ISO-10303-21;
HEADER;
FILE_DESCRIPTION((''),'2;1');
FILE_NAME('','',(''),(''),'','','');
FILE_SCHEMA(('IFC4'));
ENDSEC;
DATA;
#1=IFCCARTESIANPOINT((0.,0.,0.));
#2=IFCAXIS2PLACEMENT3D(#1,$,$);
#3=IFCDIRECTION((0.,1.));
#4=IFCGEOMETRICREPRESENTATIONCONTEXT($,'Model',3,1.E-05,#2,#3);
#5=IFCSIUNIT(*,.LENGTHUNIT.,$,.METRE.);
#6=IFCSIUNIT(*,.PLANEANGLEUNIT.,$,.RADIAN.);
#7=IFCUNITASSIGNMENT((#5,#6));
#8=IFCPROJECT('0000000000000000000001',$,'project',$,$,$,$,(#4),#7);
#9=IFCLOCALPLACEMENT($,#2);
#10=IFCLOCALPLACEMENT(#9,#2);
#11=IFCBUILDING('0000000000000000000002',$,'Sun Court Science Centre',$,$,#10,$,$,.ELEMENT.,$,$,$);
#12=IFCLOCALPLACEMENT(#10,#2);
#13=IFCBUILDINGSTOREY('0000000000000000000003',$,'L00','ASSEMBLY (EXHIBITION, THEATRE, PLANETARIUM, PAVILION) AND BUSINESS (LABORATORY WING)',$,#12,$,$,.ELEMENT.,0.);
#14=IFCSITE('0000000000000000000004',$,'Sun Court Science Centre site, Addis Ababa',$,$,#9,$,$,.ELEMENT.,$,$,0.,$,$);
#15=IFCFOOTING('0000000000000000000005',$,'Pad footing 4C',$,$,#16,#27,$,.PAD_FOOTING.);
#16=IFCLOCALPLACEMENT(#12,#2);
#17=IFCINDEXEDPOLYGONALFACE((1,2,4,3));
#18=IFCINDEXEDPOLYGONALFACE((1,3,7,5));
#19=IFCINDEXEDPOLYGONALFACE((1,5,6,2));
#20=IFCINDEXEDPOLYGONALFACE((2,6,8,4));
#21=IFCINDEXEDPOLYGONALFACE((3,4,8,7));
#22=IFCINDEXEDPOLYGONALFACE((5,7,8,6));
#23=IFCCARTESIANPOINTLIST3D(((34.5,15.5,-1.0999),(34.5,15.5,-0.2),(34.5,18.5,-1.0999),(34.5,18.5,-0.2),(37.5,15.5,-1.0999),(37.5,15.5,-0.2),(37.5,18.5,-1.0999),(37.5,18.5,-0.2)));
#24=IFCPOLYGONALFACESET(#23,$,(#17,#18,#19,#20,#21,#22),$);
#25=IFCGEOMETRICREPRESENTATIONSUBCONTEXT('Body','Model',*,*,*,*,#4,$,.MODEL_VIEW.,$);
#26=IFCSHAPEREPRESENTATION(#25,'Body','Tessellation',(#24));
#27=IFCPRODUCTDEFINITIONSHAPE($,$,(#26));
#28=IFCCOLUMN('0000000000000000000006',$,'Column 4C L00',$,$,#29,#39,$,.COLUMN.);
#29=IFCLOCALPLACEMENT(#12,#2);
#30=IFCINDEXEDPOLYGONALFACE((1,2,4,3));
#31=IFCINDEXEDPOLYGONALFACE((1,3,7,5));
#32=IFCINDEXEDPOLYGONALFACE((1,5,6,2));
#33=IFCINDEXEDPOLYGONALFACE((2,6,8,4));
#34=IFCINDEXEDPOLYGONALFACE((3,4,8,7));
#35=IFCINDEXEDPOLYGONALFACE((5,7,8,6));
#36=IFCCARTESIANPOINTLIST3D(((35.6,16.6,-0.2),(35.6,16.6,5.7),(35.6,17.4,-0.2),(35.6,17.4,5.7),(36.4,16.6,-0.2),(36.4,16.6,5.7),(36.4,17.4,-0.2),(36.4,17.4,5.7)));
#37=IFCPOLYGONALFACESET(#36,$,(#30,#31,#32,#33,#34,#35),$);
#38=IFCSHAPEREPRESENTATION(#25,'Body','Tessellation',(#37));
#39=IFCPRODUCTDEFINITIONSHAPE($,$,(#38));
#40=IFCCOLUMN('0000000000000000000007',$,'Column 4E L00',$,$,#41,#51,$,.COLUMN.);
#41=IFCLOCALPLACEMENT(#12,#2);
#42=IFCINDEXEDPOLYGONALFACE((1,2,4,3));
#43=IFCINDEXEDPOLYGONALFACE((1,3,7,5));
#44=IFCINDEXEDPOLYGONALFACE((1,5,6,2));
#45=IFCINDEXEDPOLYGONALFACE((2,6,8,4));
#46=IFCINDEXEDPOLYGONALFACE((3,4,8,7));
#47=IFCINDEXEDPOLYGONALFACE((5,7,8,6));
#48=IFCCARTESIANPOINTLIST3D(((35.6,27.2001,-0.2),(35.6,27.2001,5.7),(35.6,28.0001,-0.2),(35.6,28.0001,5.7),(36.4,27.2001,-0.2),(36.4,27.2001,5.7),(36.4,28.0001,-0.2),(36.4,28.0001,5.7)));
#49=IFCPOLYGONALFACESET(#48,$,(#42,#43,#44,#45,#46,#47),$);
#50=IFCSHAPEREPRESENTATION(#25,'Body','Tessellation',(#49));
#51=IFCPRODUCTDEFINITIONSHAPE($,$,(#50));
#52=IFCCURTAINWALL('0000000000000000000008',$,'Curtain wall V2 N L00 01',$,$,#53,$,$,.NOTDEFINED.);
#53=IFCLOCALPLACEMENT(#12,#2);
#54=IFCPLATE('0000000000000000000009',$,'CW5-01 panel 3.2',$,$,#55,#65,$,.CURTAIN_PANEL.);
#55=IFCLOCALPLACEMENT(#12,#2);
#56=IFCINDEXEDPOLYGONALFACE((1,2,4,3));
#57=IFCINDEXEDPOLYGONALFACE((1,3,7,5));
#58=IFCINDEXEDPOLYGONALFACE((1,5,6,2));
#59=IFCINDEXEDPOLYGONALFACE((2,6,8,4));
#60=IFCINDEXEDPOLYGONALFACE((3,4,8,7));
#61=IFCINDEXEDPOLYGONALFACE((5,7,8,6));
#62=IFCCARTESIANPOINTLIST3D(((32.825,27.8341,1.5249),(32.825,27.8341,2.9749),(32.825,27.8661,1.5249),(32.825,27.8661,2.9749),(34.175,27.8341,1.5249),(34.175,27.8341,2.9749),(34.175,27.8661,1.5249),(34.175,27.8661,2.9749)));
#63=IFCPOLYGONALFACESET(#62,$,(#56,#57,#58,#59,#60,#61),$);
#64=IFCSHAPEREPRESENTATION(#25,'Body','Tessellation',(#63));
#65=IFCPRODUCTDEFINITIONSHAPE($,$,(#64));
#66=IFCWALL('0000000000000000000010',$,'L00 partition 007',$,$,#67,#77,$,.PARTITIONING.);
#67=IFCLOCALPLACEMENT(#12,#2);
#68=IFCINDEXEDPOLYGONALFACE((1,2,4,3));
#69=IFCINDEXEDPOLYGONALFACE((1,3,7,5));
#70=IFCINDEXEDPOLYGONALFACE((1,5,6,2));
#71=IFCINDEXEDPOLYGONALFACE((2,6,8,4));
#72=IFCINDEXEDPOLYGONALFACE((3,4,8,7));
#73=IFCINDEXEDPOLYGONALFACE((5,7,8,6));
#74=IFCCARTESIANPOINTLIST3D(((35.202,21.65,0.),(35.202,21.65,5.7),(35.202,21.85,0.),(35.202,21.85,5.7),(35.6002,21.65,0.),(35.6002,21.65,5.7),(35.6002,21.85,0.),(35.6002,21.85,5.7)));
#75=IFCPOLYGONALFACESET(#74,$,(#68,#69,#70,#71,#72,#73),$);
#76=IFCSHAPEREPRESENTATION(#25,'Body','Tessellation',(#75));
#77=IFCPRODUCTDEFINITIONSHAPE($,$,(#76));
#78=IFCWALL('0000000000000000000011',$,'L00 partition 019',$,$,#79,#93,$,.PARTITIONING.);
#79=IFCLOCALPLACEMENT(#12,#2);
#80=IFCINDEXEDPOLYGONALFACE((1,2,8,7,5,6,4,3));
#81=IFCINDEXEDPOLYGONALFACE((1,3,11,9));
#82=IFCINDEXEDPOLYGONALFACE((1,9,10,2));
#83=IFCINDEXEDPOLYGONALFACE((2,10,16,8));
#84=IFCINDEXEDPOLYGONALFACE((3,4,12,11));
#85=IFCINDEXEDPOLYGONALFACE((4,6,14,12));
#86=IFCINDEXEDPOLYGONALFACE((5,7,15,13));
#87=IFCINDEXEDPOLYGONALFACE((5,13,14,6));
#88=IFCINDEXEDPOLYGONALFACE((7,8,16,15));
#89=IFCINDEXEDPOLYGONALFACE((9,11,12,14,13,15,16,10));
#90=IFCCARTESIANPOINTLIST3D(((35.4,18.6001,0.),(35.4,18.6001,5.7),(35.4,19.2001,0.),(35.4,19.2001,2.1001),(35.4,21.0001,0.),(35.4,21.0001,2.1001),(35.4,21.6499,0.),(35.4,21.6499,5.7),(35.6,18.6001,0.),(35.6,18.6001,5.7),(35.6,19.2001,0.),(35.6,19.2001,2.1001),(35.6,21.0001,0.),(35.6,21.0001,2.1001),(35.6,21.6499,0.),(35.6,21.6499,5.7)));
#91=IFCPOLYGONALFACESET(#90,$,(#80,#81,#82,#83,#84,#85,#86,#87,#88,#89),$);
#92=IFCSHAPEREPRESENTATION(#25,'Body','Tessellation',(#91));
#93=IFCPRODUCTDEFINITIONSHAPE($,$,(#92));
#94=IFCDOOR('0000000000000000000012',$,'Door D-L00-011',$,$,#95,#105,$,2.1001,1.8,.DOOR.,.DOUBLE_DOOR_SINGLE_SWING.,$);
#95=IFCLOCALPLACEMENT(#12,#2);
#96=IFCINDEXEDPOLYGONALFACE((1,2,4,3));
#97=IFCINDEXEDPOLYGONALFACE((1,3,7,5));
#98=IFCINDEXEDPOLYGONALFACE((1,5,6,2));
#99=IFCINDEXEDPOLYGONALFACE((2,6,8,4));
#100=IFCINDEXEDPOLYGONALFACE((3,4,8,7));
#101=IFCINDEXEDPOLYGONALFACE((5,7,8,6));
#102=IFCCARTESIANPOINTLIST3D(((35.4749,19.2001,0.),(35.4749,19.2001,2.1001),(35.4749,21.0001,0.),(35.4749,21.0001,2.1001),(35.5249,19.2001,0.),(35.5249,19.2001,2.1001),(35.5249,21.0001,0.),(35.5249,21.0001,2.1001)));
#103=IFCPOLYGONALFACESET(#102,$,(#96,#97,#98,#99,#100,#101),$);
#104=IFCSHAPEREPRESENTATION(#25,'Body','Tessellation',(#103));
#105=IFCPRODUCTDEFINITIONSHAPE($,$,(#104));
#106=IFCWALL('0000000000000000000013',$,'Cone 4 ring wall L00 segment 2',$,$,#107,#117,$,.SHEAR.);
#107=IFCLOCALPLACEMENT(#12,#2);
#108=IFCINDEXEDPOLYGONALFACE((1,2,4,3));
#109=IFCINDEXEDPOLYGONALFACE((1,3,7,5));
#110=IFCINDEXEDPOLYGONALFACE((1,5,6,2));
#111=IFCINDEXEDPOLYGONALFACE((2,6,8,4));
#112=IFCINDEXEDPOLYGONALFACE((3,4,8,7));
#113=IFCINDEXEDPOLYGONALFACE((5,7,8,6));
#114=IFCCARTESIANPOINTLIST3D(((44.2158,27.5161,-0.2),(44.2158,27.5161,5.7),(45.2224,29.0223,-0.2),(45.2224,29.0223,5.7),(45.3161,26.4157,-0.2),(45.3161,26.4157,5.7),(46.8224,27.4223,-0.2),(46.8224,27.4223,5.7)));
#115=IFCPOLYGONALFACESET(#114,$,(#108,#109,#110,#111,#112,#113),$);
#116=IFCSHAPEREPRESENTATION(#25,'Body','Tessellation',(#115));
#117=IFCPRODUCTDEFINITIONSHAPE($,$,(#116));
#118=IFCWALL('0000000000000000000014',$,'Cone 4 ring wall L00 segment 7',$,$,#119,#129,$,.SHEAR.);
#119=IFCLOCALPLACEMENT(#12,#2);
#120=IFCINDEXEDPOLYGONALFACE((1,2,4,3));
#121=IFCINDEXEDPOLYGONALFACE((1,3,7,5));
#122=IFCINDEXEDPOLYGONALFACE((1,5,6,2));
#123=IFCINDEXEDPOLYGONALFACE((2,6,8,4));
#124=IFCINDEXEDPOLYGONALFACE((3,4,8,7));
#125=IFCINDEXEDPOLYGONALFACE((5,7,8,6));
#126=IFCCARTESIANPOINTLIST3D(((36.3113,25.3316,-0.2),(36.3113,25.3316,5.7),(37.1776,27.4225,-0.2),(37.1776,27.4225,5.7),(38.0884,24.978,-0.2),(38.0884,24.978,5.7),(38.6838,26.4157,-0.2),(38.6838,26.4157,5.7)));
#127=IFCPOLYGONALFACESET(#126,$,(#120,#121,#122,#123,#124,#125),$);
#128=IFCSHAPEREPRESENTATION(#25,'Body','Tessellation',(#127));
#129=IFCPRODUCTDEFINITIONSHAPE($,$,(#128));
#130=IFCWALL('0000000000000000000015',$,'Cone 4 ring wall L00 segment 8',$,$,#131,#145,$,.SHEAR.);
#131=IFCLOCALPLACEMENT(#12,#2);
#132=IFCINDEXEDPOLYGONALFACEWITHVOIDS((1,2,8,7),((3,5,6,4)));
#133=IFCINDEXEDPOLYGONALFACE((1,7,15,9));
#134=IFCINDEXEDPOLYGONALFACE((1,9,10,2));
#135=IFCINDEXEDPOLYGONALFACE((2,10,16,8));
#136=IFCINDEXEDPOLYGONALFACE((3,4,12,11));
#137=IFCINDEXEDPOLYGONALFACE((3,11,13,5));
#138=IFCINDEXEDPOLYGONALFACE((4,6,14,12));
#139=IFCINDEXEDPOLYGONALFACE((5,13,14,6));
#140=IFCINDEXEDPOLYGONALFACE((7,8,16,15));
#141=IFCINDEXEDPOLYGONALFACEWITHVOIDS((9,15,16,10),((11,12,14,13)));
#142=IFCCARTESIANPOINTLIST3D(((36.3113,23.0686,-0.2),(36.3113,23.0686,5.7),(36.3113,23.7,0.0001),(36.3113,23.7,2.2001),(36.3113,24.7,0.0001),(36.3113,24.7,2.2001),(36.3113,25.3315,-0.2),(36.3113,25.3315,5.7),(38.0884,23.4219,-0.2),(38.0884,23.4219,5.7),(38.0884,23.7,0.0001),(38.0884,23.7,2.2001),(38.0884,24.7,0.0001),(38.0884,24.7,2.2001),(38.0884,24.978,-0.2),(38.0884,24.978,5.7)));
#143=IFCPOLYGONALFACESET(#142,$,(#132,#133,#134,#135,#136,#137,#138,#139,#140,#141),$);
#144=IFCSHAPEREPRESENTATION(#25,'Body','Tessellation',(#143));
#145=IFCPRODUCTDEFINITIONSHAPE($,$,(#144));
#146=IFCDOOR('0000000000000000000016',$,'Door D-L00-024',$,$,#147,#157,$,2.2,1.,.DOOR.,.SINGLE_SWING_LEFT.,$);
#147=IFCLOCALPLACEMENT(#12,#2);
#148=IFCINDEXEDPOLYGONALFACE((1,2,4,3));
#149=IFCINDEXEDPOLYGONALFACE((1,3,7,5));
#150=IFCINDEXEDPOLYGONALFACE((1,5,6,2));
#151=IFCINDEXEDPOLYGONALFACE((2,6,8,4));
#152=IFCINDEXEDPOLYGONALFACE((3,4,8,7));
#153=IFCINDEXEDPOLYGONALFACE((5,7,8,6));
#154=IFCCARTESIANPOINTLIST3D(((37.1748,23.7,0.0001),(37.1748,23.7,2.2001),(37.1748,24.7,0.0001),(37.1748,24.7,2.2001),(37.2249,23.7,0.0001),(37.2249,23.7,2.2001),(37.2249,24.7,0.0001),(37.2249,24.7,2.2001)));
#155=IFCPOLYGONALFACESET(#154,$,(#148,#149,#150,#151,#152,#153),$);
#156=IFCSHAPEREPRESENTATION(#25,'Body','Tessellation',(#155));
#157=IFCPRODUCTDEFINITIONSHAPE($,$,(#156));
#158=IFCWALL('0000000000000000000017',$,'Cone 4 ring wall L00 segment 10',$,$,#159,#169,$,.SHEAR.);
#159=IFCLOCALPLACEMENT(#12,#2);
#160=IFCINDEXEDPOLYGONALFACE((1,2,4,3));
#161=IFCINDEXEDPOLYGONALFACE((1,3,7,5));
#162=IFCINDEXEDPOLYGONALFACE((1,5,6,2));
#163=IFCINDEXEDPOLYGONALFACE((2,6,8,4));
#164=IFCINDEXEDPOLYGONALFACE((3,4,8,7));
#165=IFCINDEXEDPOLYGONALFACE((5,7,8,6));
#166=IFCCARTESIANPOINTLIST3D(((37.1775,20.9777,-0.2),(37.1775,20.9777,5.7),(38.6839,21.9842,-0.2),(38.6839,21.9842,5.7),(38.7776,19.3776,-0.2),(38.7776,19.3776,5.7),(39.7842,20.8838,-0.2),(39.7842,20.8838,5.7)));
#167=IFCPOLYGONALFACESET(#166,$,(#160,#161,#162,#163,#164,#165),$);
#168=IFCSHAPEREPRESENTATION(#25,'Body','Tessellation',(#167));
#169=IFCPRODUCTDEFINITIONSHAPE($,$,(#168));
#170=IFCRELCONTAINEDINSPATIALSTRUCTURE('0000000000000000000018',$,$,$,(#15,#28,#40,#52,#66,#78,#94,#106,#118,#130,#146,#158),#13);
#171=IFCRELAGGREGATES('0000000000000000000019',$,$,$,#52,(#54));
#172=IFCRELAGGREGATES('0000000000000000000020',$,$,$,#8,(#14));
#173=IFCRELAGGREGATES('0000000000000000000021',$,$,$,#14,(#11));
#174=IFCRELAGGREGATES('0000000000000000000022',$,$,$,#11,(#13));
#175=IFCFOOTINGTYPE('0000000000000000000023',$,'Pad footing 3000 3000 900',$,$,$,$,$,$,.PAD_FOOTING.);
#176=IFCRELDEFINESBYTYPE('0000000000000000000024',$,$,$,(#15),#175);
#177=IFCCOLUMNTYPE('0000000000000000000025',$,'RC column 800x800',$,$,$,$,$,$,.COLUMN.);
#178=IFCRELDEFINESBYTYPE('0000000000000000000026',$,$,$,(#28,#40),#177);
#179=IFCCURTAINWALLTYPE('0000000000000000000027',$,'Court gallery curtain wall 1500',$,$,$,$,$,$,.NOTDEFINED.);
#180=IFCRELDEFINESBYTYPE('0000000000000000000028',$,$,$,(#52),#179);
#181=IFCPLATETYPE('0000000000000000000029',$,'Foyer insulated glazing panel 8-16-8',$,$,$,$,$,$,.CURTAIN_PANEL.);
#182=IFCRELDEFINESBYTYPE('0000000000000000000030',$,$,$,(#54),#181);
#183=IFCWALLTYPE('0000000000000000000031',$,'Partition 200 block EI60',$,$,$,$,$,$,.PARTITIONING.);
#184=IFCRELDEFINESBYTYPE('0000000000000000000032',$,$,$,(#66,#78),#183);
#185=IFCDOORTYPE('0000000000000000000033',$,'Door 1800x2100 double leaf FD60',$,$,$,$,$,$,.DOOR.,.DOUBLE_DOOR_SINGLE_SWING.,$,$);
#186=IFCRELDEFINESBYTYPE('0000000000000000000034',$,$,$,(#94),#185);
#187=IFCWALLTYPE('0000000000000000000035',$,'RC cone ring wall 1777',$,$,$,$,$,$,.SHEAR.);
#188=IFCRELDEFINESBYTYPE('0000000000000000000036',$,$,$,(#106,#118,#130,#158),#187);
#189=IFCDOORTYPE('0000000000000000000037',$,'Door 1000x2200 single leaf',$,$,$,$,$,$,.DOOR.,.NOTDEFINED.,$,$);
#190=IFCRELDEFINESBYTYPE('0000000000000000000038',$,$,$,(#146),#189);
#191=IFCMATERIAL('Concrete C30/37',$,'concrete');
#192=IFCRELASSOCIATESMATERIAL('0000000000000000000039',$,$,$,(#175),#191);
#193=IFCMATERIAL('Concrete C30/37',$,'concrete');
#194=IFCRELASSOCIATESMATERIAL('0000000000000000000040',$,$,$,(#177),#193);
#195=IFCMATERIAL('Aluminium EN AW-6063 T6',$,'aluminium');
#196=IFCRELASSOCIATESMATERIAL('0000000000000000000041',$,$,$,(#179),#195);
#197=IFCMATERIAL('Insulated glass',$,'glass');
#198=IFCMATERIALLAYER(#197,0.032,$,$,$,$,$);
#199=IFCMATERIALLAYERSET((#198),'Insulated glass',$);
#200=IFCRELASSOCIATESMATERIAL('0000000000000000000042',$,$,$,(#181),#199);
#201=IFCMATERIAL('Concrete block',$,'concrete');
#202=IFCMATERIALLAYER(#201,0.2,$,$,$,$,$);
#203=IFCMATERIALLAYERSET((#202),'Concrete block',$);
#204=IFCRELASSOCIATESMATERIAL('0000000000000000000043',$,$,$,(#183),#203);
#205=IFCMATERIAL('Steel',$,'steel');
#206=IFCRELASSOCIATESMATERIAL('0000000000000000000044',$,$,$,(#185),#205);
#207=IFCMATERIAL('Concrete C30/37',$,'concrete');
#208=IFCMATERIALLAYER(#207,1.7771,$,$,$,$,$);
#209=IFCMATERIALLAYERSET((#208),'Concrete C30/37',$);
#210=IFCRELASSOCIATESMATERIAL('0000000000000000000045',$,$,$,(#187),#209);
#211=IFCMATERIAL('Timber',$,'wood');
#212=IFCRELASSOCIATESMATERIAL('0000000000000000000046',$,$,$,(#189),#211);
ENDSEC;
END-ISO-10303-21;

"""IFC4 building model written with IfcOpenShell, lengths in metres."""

from ifc_helpers import new_model, si_unit, direction, frame, frame_2d, origin, origin_2d, place, context, subcontext, project, spatial, polyline, rectangle, outline, extrude, material, layer, layer_set, material_profile, profile_set, type_object, element, fill, aggregate, save


model = new_model("IFC4")

# Units and contexts
model_context = context("Model", 3, precision=1e-05, world=origin(), true_north=direction((0.0, 1.0)))
body_context = subcontext(model_context, "Body", "Model", "MODEL_VIEW")
ifc_project = project(units=[si_unit("LENGTHUNIT", "METRE"), si_unit("PLANEANGLEUNIT", "RADIAN")], contexts=[model_context])

# Site, building, storey
site_placement = place(None, origin())
site = spatial("IfcSite", under=ifc_project, at=site_placement, Name="Sun Court Science Centre site, Addis Ababa", CompositionType="ELEMENT", RefElevation=0.0)
building_placement = place(site_placement, origin())
building = spatial("IfcBuilding", under=site, at=building_placement, Name="Sun Court Science Centre", CompositionType="ELEMENT")
storey_placement = place(building_placement, origin())
storey = spatial("IfcBuildingStorey", under=building, at=storey_placement, Name="L00", Description="ASSEMBLY (EXHIBITION, THEATRE, PLANETARIUM, PAVILION) AND BUSINESS (LABORATORY WING)", CompositionType="ELEMENT", Elevation=0.0)

# Footing
ifc_material_1 = material(Name="Concrete C30/37", Category="concrete")
footing_type = type_object("IfcFootingType", Name="Pad footing 3000 3000 900", PredefinedType="PAD_FOOTING", material=ifc_material_1)
footing_placement = place(storey_placement, frame((36.0, 17.0, -1.0999), z_axis=(0.0, 0.0, 1.0), x_axis=(1.0, 0.0, 0.0)))
element("IfcFooting", 1, at=footing_placement, inside=storey, type_object=footing_type, Name="Pad footing 4C", PredefinedType="PAD_FOOTING", context=body_context, shape_type="SweptSolid", body=[
    extrude(rectangle(XDim=3.0, YDim=3.0, at=origin_2d()), origin(), (0.0, 0.0, 1.0), 0.8999),
])

# Columns
ifc_material_2 = material(Name="Concrete C30/37", Category="concrete")
ifc_material_profile = material_profile(ifc_material_2, rectangle(XDim=0.8, YDim=0.8, at=origin_2d()), Name="RC 800x800")
ifc_profile_set = profile_set([ifc_material_profile], Name="Concrete C30/37")
column_type = type_object("IfcColumnType", Name="RC column 800x800", PredefinedType="COLUMN", material=ifc_profile_set)
for number, where, z_axis, x_axis, name in (
    (2, (36.0, 17.0, -0.2), (0.0, 0.0, 1.0), (1.0, 0.0, 0.0), "Column 4C L00"),
    (3, (36.0, 27.6001, -0.2), (0.0, 0.0, 1.0), (1.0, 0.0, 0.0), "Column 4E L00"),
):
    element("IfcColumn", number, at=place(storey_placement, frame(where, z_axis=z_axis, x_axis=x_axis)), inside=storey, type_object=column_type, Name=name, PredefinedType="COLUMN", context=body_context, shape_type="SweptSolid", body=[
        extrude(rectangle(XDim=0.8, YDim=0.8, at=origin_2d()), origin(), (0.0, 0.0, 1.0), 5.8999),
    ])

# Curtain wall, plate
ifc_material_3 = material(Name="Aluminium EN AW-6063 T6", Category="aluminium")
curtain_wall_type = type_object("IfcCurtainWallType", Name="Court gallery curtain wall 1500", PredefinedType="NOTDEFINED", material=ifc_material_3)
curtain_wall_placement = place(storey_placement, origin())
curtain_wall = element("IfcCurtainWall", 4, at=curtain_wall_placement, inside=storey, type_object=curtain_wall_type, Name="Curtain wall V2 N L00 01", PredefinedType="NOTDEFINED")
ifc_material_4 = material(Name="Insulated glass", Category="glass")
ifc_layer_1 = layer(ifc_material_4, 0.032)
ifc_layer_set_1 = layer_set([ifc_layer_1], Name="Insulated glass")
plate_type = type_object("IfcPlateType", Name="Foyer insulated glazing panel 8-16-8", PredefinedType="CURTAIN_PANEL", material=ifc_layer_set_1)
plate_placement = place(storey_placement, frame((33.5, 27.8501, 1.5249), z_axis=(0.0, 0.0, 1.0), x_axis=(1.0, 0.0, 0.0)))
plate = element("IfcPlate", 5, at=plate_placement, type_object=plate_type, Name="CW5-01 panel 3.2", PredefinedType="CURTAIN_PANEL", context=body_context, shape_type="SweptSolid", body=[
    extrude(rectangle(XDim=1.3501, YDim=0.032, at=origin_2d()), origin(), (0.0, 0.0, 1.0), 1.45),
])
aggregate(curtain_wall, [plate])

# Wall
ifc_material_5 = material(Name="Concrete block", Category="concrete")
ifc_layer_2 = layer(ifc_material_5, 0.2)
ifc_layer_set_2 = layer_set([ifc_layer_2], Name="Concrete block")
wall_type_1 = type_object("IfcWallType", Name="Partition 200 block EI60", PredefinedType="PARTITIONING", material=ifc_layer_set_2)
wall_1_placement = place(storey_placement, frame((35.2019, 21.75, 0.0), z_axis=(0.0, 0.0, 1.0), x_axis=(1.0, 0.0, 0.0)))
element("IfcWall", 6, at=wall_1_placement, inside=storey, type_object=wall_type_1, Name="L00 partition 007", PredefinedType="PARTITIONING", context=body_context, shape_type="SweptSolid", body=[
    extrude(rectangle(XDim=0.3982, YDim=0.2, at=frame_2d((0.1992, 0.0))), origin(), (0.0, 0.0, 1.0), 5.7),
])

# Wall, opening, door
wall_2_placement = place(storey_placement, frame((35.5, 21.6499, 0.0), z_axis=(0.0, 0.0, 1.0), x_axis=(0.0, -1.0, 0.0)))
wall_2 = element("IfcWall", 7, at=wall_2_placement, inside=storey, type_object=wall_type_1, Name="L00 partition 019", PredefinedType="PARTITIONING", context=body_context, shape_type="SweptSolid", body=[
    extrude(rectangle(XDim=3.0498, YDim=0.2, at=frame_2d((1.5249, 0.0))), origin(), (0.0, 0.0, 1.0), 5.7),
])
opening_1_placement = place(wall_2_placement, frame((0.6499, 0.0, 0.0)))
opening_1 = element("IfcOpeningElement", 8, at=opening_1_placement, cuts=wall_2, PredefinedType="OPENING", context=body_context, shape_type="SweptSolid", body=[
    extrude(rectangle(XDim=1.8, YDim=2.1001, at=frame_2d((0.8999, 1.05))), frame((0.0, 0.1099, 0.0), z_axis=(0.0, -1.0, 0.0), x_axis=(1.0, 0.0, 0.0)), (0.0, 0.0, 1.0), 0.22),
])
ifc_material_6 = material(Name="Steel", Category="steel")
door_type_1 = type_object("IfcDoorType", Name="Door 1800x2100 double leaf FD60", OperationType="DOUBLE_DOOR_SINGLE_SWING", PredefinedType="DOOR", material=ifc_material_6)
door_1_placement = place(opening_1_placement, origin())
door_1 = element("IfcDoor", 9, at=door_1_placement, inside=storey, type_object=door_type_1, Name="Door D-L00-011", OperationType="DOUBLE_DOOR_SINGLE_SWING", OverallHeight=2.1001, OverallWidth=1.8, PredefinedType="DOOR", context=body_context, shape_type="SweptSolid", body=[
    extrude(rectangle(XDim=1.8, YDim=2.1001, at=frame_2d((0.8999, 1.05))), frame((0.0, 0.0249, 0.0), z_axis=(0.0, -1.0, 0.0), x_axis=(1.0, 0.0, 0.0)), (0.0, 0.0, 1.0), 0.05),
])
fill(opening_1, door_1)

# Walls
ifc_material_7 = material(Name="Concrete C30/37", Category="concrete")
ifc_layer_3 = layer(ifc_material_7, 1.7771)
ifc_layer_set_3 = layer_set([ifc_layer_3], Name="Concrete C30/37")
wall_type_2 = type_object("IfcWallType", Name="RC cone ring wall 1777", PredefinedType="SHEAR", material=ifc_layer_set_3)
wall_3_placement = place(storey_placement, frame((46.1943, 26.7939, -0.2), z_axis=(0.0, 0.0, 1.0), x_axis=(-0.707107, 0.707107, 0.0)))
element("IfcWall", 10, at=wall_3_placement, inside=storey, type_object=wall_type_2, Name="Cone 4 ring wall L00 segment 2", PredefinedType="SHEAR", context=body_context, shape_type="SweptSolid", body=[
    extrude(outline(polyline([(0.0002, -0.8884), (2.2629, -0.8884), (1.9097, 0.8884), (0.3535, 0.8884), (0.0002, -0.8884)])), origin(), (0.0, 0.0, 1.0), 5.8999),
])
wall_4_placement = place(storey_placement, frame((37.9983, 27.0823, -0.2), z_axis=(0.0, 0.0, 1.0), x_axis=(-0.382654, -0.923892, 0.0)))
element("IfcWall", 11, at=wall_4_placement, inside=storey, type_object=wall_type_2, Name="Cone 4 ring wall L00 segment 7", PredefinedType="SHEAR", context=body_context, shape_type="SweptSolid", body=[
    extrude(outline(polyline([(-0.0002, -0.8884), (2.2629, -0.8887), (1.9097, 0.8884), (0.3535, 0.8884), (-0.0002, -0.8884)])), origin(), (0.0, 0.0, 1.0), 5.8999),
])

# Wall, opening, door
wall_5_placement = place(storey_placement, frame((37.2, 25.3315, -0.2), z_axis=(0.0, 0.0, 1.0), x_axis=(0.0, -1.0, 0.0)))
wall_5 = element("IfcWall", 12, at=wall_5_placement, inside=storey, type_object=wall_type_2, Name="Cone 4 ring wall L00 segment 8", PredefinedType="SHEAR", context=body_context, shape_type="SweptSolid", body=[
    extrude(outline(polyline([(0.0, -0.8887), (2.2629, -0.8887), (1.9097, 0.8884), (0.3535, 0.8884), (0.0, -0.8887)])), origin(), (0.0, 0.0, 1.0), 5.8999),
])
opening_2_placement = place(wall_5_placement, frame((0.6316, 0.0, 0.2)))
opening_2 = element("IfcOpeningElement", 13, at=opening_2_placement, cuts=wall_5, PredefinedType="OPENING", context=body_context, shape_type="SweptSolid", body=[
    extrude(rectangle(XDim=1.0, YDim=2.2, at=frame_2d((0.5, 1.1001))), frame((0.0, 0.8984, 0.0), z_axis=(0.0, -1.0, 0.0), x_axis=(1.0, 0.0, 0.0)), (0.0, 0.0, 1.0), 1.7969),
])
ifc_material_8 = material(Name="Timber", Category="wood")
door_type_2 = type_object("IfcDoorType", Name="Door 1000x2200 single leaf", OperationType="NOTDEFINED", PredefinedType="DOOR", material=ifc_material_8)
door_2_placement = place(opening_2_placement, origin())
door_2 = element("IfcDoor", 14, at=door_2_placement, inside=storey, type_object=door_type_2, Name="Door D-L00-024", OperationType="SINGLE_SWING_LEFT", OverallHeight=2.2, OverallWidth=1.0, PredefinedType="DOOR", context=body_context, shape_type="SweptSolid", body=[
    extrude(rectangle(XDim=1.0, YDim=2.2, at=frame_2d((0.5, 1.1001))), frame((0.0, 0.0249, 0.0), z_axis=(0.0, -1.0, 0.0), x_axis=(1.0, 0.0, 0.0)), (0.0, 0.0, 1.0), 0.05),
])
fill(opening_2, door_2)

# Wall
wall_6_placement = place(storey_placement, frame((37.8057, 21.606, -0.2), z_axis=(0.0, 0.0, 1.0), x_axis=(0.707107, -0.707107, 0.0)))
element("IfcWall", 15, at=wall_6_placement, inside=storey, type_object=wall_type_2, Name="Cone 4 ring wall L00 segment 10", PredefinedType="SHEAR", context=body_context, shape_type="SweptSolid", body=[
    extrude(outline(polyline([(0.0, -0.8884), (2.2629, -0.8884), (1.9097, 0.8884), (0.3535, 0.8884), (0.0, -0.8884)])), origin(), (0.0, 0.0, 1.0), 5.8999),
])

save(model, "model.ifc")
